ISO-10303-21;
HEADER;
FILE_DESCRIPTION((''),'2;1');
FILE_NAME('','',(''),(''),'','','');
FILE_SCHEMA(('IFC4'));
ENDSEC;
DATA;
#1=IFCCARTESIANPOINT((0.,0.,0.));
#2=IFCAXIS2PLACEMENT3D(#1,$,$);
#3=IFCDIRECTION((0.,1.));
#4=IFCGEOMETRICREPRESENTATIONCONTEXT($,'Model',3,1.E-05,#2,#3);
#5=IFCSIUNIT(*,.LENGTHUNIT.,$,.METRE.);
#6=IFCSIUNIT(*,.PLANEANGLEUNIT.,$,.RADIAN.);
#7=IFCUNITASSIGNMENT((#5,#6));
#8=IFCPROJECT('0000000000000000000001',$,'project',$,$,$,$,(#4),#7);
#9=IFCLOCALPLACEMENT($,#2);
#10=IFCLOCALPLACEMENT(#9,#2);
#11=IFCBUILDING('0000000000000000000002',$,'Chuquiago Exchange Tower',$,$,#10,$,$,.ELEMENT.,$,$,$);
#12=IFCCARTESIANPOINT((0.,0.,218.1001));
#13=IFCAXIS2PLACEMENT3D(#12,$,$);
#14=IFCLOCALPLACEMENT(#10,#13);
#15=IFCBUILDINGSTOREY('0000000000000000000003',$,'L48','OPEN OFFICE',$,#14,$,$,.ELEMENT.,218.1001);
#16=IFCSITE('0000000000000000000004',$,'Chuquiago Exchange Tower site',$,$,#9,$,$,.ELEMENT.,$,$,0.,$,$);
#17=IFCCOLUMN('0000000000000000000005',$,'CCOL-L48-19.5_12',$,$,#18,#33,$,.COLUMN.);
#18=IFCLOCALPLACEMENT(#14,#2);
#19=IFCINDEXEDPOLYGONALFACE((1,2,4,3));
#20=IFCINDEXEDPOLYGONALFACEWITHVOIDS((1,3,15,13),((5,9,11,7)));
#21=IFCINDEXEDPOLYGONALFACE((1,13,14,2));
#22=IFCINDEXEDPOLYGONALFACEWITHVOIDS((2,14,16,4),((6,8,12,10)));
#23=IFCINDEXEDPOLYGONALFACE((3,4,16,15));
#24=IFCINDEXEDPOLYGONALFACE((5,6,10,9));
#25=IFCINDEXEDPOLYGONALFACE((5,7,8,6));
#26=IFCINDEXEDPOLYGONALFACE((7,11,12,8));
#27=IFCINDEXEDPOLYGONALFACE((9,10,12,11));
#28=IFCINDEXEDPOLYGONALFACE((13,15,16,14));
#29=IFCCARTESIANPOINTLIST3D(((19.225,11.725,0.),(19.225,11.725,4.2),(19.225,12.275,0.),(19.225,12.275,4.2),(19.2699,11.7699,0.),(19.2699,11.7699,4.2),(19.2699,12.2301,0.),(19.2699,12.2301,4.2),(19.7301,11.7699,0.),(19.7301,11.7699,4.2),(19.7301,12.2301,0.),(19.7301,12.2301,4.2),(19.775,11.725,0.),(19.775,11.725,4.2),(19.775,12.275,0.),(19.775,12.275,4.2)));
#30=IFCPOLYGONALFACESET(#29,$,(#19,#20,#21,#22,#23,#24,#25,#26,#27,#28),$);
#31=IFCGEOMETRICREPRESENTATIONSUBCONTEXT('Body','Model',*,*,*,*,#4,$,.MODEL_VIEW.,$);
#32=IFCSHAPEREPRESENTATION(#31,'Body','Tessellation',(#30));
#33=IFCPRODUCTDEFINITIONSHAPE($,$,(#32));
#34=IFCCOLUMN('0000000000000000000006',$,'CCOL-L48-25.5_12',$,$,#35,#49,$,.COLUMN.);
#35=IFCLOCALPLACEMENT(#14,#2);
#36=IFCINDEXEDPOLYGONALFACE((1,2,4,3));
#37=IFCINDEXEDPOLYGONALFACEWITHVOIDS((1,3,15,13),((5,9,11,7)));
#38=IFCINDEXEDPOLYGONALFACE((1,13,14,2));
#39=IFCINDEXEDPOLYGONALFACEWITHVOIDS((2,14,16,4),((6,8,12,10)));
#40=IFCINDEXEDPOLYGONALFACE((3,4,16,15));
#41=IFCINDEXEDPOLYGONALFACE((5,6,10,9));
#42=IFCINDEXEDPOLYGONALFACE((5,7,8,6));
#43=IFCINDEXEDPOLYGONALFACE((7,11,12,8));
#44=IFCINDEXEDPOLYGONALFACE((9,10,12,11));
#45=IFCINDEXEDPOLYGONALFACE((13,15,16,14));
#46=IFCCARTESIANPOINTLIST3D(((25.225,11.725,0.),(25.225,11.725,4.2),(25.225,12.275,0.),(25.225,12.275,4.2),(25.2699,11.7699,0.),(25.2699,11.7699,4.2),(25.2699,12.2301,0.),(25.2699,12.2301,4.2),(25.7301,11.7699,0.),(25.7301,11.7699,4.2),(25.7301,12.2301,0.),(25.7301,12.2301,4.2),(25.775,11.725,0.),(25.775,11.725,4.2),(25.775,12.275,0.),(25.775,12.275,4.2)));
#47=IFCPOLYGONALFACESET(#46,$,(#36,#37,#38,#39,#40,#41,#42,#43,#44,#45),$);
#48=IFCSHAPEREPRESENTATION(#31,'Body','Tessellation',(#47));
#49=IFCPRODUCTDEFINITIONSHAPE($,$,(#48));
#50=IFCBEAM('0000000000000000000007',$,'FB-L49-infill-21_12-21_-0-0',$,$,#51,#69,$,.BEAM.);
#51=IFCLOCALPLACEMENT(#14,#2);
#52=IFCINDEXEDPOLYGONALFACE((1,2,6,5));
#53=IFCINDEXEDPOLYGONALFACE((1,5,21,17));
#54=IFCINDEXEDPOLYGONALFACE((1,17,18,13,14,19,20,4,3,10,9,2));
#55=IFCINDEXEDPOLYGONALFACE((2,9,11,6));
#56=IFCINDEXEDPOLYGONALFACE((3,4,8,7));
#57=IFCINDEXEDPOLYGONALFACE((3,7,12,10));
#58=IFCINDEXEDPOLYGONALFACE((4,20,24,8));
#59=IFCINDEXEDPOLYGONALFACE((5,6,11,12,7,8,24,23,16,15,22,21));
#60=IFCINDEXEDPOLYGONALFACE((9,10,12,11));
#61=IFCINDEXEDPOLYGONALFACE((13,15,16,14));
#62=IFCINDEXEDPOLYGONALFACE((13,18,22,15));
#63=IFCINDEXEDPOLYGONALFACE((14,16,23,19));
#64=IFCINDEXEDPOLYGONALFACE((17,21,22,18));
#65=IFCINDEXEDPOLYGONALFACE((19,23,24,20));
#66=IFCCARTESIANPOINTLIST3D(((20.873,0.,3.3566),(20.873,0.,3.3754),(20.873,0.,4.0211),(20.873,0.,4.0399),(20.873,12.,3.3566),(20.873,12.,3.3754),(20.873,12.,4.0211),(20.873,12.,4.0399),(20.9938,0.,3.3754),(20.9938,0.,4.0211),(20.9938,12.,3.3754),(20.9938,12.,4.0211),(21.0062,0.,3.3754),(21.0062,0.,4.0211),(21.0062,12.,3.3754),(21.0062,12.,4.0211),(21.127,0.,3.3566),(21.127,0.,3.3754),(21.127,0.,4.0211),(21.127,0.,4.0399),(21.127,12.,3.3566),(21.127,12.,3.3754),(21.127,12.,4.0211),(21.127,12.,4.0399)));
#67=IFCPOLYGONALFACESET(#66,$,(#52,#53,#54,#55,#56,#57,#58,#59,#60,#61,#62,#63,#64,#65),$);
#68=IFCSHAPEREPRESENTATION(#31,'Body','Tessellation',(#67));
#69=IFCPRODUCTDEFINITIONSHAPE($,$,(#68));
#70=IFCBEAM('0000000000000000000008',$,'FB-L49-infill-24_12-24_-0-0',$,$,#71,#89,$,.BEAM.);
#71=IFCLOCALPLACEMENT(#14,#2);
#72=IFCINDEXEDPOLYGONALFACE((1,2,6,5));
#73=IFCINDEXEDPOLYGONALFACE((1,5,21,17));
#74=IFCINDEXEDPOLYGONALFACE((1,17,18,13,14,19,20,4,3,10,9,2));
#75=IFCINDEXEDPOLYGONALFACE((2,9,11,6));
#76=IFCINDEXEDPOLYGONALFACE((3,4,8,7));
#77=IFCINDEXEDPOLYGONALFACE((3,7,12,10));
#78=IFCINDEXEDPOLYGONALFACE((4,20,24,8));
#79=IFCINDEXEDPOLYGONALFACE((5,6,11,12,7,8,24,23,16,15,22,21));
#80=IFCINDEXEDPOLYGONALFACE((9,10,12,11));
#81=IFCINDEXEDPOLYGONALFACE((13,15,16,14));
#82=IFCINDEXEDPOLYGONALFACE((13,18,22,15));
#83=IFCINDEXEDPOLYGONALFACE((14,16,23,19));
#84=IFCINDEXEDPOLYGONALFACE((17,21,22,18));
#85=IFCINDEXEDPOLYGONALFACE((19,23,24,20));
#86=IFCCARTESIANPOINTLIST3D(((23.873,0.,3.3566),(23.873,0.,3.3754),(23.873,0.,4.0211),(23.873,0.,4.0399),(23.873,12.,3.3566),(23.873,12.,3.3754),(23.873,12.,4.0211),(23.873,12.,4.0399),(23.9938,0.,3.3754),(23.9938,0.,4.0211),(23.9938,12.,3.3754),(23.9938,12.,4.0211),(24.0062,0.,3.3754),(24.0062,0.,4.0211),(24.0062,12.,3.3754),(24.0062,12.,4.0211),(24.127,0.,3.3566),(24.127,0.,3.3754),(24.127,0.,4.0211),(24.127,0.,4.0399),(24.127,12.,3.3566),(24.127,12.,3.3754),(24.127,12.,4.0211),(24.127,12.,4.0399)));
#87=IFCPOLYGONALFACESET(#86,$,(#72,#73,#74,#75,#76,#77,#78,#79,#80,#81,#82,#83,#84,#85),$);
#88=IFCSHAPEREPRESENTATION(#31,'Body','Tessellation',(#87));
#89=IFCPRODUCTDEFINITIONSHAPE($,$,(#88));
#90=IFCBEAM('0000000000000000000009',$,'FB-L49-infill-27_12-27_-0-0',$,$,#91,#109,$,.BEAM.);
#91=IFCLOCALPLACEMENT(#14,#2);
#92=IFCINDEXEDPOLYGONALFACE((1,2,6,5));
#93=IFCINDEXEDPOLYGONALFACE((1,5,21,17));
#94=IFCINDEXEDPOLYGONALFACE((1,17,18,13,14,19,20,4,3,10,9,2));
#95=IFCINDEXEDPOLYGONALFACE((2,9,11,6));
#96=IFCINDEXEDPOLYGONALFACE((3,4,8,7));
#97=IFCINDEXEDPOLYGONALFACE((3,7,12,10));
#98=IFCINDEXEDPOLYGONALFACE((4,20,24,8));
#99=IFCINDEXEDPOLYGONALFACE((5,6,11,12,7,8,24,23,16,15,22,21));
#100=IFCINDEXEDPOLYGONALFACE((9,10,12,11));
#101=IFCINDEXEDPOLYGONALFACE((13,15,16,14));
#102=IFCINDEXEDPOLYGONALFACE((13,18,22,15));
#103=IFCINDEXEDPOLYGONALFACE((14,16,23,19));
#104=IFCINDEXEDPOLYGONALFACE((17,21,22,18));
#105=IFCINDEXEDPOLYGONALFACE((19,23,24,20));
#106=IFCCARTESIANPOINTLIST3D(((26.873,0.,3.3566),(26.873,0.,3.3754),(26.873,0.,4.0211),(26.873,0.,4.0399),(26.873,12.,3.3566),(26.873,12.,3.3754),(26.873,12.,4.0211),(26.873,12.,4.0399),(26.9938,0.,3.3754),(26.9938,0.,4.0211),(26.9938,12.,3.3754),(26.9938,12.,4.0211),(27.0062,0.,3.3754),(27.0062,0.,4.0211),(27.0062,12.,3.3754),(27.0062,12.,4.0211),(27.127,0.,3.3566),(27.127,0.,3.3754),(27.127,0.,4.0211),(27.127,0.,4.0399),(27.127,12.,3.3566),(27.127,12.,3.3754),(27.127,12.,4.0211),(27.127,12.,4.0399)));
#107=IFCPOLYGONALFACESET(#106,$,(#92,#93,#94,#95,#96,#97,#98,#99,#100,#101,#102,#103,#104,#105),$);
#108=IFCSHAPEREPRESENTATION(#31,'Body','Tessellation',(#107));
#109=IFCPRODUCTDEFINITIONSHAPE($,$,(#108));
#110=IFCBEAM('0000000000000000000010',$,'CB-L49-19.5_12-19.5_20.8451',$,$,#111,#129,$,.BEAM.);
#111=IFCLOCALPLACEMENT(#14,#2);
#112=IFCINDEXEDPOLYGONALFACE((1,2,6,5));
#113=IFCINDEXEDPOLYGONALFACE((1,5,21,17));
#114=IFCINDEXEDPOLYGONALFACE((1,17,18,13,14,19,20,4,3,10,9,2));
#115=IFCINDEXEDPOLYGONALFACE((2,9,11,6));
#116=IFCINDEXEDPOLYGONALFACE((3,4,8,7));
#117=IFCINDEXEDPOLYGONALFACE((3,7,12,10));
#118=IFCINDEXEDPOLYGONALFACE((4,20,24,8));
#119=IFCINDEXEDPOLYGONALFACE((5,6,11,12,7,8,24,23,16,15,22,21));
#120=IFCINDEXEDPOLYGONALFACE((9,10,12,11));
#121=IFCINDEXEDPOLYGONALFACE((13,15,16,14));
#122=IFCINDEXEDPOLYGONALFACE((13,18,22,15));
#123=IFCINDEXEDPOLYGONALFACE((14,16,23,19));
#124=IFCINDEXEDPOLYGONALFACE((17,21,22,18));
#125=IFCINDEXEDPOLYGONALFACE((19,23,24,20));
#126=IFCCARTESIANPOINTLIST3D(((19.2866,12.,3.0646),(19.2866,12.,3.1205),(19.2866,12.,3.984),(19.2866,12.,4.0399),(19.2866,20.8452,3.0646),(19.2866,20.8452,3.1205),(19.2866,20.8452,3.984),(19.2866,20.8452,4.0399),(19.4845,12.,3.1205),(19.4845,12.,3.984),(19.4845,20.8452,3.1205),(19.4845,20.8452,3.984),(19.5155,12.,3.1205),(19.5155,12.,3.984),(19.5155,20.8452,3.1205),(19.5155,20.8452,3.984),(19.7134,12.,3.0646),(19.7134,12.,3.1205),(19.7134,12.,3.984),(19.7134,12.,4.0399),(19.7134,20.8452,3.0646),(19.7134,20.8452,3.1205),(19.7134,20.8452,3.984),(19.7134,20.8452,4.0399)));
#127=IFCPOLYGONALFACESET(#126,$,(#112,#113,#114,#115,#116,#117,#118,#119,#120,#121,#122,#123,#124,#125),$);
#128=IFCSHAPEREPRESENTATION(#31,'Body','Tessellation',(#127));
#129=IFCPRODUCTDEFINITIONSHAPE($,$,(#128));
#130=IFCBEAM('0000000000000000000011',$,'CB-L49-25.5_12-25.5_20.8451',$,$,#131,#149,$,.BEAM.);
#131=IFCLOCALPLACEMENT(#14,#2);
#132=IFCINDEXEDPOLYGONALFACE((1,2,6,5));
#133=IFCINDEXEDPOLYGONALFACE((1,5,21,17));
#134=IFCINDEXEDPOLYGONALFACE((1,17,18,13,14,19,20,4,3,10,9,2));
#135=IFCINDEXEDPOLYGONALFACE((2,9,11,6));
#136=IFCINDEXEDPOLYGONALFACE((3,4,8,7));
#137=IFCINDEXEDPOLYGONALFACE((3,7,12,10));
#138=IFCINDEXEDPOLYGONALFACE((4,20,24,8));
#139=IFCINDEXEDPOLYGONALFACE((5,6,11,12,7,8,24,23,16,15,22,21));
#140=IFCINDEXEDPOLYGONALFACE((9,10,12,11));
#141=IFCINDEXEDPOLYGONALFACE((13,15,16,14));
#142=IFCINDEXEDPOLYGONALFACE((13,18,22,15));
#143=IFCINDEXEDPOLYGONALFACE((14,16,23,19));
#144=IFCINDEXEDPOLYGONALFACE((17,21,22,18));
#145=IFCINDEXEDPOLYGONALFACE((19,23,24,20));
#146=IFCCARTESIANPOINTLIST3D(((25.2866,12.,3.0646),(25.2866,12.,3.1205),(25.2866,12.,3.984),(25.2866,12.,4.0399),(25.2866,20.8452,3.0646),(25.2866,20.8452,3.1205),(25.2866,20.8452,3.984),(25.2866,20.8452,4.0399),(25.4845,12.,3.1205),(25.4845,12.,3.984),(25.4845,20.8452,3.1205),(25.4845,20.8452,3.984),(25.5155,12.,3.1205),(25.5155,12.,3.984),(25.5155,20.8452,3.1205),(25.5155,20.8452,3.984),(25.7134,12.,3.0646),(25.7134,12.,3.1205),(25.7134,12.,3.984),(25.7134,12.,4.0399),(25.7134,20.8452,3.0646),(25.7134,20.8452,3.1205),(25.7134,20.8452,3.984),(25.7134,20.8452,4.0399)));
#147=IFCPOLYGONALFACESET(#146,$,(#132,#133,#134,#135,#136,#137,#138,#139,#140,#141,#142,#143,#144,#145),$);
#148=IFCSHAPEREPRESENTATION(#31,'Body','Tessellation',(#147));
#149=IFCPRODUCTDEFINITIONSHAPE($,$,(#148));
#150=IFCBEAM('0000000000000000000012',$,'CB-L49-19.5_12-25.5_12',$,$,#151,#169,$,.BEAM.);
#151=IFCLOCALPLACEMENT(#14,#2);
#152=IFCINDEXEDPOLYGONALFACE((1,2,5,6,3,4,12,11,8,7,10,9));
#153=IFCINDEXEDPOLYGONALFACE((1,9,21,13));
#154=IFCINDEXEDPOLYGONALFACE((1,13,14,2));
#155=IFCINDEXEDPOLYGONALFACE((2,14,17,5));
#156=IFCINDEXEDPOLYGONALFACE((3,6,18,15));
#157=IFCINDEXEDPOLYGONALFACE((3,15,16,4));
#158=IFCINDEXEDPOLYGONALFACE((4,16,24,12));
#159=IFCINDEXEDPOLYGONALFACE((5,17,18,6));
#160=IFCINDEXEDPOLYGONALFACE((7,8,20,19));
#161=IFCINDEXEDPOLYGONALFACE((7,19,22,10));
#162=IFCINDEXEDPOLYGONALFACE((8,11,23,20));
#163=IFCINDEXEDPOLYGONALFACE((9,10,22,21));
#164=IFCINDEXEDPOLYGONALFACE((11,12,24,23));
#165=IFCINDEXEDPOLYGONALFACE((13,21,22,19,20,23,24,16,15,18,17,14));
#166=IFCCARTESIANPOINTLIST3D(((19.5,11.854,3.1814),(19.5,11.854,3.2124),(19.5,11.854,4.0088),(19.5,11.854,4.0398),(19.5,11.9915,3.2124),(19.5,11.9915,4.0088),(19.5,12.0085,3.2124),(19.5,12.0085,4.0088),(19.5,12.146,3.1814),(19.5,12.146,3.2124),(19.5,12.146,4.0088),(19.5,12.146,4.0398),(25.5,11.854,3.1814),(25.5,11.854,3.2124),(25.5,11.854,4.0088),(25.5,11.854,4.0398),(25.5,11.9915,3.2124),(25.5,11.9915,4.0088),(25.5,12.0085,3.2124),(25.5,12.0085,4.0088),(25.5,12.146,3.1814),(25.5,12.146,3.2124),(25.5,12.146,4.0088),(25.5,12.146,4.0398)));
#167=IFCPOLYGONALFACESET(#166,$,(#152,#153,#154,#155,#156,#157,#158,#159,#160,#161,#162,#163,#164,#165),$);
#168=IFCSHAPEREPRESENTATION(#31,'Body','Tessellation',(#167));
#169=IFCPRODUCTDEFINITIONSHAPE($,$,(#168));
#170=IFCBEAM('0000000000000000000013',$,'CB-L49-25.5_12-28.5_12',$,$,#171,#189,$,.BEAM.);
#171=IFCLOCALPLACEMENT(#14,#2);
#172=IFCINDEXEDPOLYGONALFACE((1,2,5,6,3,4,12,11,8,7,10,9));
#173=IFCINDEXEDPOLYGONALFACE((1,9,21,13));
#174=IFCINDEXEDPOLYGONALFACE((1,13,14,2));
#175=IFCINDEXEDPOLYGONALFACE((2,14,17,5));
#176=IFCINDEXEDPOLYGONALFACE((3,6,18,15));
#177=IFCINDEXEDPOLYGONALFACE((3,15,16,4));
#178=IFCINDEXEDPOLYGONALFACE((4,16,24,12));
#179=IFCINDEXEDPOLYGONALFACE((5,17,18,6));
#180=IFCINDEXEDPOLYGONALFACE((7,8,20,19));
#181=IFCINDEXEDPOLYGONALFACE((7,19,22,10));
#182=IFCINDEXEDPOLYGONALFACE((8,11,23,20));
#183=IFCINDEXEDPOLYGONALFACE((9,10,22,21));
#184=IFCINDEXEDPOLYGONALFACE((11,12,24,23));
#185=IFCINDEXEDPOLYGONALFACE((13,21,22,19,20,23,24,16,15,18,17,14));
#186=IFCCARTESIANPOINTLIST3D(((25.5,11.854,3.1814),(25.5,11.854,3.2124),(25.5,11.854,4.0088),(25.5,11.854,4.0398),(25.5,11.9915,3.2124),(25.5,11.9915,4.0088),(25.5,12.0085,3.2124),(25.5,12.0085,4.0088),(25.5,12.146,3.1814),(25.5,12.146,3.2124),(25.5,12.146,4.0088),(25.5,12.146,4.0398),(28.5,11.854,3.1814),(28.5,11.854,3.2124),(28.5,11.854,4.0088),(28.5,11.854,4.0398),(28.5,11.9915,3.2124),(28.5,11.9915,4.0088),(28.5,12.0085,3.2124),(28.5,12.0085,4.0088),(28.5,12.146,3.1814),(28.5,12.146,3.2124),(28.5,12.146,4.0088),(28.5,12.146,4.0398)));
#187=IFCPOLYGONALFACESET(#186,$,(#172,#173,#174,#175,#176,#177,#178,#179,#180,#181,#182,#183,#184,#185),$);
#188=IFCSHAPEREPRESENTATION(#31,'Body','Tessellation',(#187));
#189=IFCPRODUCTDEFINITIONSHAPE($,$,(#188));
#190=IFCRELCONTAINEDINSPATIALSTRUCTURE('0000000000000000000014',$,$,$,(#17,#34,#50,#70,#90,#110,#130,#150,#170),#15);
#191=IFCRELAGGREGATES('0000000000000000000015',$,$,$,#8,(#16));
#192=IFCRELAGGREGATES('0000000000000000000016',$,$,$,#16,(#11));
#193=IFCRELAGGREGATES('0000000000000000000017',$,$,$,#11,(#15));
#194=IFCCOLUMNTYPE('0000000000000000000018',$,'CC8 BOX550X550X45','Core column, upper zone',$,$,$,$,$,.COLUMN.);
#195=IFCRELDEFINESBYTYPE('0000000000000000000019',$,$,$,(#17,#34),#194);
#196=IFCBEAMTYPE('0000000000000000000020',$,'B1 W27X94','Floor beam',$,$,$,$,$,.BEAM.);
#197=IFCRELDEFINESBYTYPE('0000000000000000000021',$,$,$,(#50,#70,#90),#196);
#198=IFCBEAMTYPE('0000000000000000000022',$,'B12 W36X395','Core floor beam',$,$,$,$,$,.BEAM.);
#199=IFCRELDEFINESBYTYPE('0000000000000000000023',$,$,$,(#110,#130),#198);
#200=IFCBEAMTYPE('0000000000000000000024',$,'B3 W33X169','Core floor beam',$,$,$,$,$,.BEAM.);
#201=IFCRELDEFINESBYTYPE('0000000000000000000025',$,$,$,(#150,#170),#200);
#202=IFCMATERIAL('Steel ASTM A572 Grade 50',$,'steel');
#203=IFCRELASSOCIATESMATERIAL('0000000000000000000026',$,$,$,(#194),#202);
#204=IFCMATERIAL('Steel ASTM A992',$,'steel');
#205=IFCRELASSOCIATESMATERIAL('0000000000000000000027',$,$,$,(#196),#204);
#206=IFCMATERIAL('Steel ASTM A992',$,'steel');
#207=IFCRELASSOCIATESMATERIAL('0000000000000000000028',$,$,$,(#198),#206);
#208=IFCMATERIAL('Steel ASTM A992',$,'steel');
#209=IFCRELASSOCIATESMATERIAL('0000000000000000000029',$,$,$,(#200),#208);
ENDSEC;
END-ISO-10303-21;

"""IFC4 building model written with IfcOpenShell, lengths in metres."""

from ifc_helpers import new_model, si_unit, direction, frame, origin, origin_2d, place, context, subcontext, project, spatial, hollow_rectangle, i_section, extrude, material, material_profile, profile_set, type_object, element, save


model = new_model("IFC4")

# Units and contexts
model_context = context("Model", 3, precision=1e-05, world=origin(), true_north=direction((0.0, 1.0)))
body_context = subcontext(model_context, "Body", "Model", "MODEL_VIEW")
ifc_project = project(units=[si_unit("LENGTHUNIT", "METRE"), si_unit("PLANEANGLEUNIT", "RADIAN")], contexts=[model_context])

# Site, building, storey
site_placement = place(None, origin())
site = spatial("IfcSite", under=ifc_project, at=site_placement, Name="Chuquiago Exchange Tower site", CompositionType="ELEMENT", RefElevation=0.0)
building_placement = place(site_placement, origin())
building = spatial("IfcBuilding", under=site, at=building_placement, Name="Chuquiago Exchange Tower", CompositionType="ELEMENT")
storey_placement = place(building_placement, frame((0.0, 0.0, 218.1001)))
storey = spatial("IfcBuildingStorey", under=building, at=storey_placement, Name="L48", Description="OPEN OFFICE", CompositionType="ELEMENT", Elevation=218.1001)

# Columns
ifc_material_1 = material(Name="Steel ASTM A572 Grade 50", Category="steel")
ifc_material_profile_1 = material_profile(ifc_material_1, hollow_rectangle(XDim=0.55, YDim=0.55, WallThickness=0.0449, at=origin_2d()), Name="BOX550X550X45")
ifc_profile_set_1 = profile_set([ifc_material_profile_1], Name="Steel ASTM A572 Grade 50")
column_type = type_object("IfcColumnType", Name="CC8 BOX550X550X45", Description="Core column, upper zone", PredefinedType="COLUMN", material=ifc_profile_set_1)
for number, where, z_axis, x_axis, name in (
    (1, (19.5, 12.0, 0.0), (0.0, 0.0, 1.0), (1.0, 0.0, 0.0), "CCOL-L48-19.5_12"),
    (2, (25.5, 12.0, 0.0), (0.0, 0.0, 1.0), (1.0, 0.0, 0.0), "CCOL-L48-25.5_12"),
):
    element("IfcColumn", number, at=place(storey_placement, frame(where, z_axis=z_axis, x_axis=x_axis)), inside=storey, type_object=column_type, Name=name, PredefinedType="COLUMN", context=body_context, shape_type="SweptSolid", body=[
        extrude(hollow_rectangle(XDim=0.55, YDim=0.55, WallThickness=0.0449, at=origin_2d()), origin(), (0.0, 0.0, 1.0), 4.2),
    ])

# Beams
ifc_material_2 = material(Name="Steel ASTM A992", Category="steel")
ifc_material_profile_2 = material_profile(ifc_material_2, i_section(OverallWidth=0.2539, OverallDepth=0.6833, WebThickness=0.0125, FlangeThickness=0.0188, at=origin_2d()), Name="W27X94")
ifc_profile_set_2 = profile_set([ifc_material_profile_2], Name="Steel ASTM A992")
beam_type_1 = type_object("IfcBeamType", Name="B1 W27X94", Description="Floor beam", PredefinedType="BEAM", material=ifc_profile_set_2)
for number, where, z_axis, x_axis, name in (
    (3, (21.0, 12.0, 3.6982), (0.0, -1.0, 0.0), (1.0, 0.0, 0.0), "FB-L49-infill-21_12-21_-0-0"),
    (4, (24.0, 12.0, 3.6982), (0.0, -1.0, 0.0), (1.0, 0.0, 0.0), "FB-L49-infill-24_12-24_-0-0"),
    (5, (27.0, 12.0, 3.6982), (0.0, -1.0, 0.0), (1.0, 0.0, 0.0), "FB-L49-infill-27_12-27_-0-0"),
):
    element("IfcBeam", number, at=place(storey_placement, frame(where, z_axis=z_axis, x_axis=x_axis)), inside=storey, type_object=beam_type_1, Name=name, PredefinedType="BEAM", context=body_context, shape_type="SweptSolid", body=[
        extrude(i_section(OverallWidth=0.2539, OverallDepth=0.6833, WebThickness=0.0125, FlangeThickness=0.0188, at=origin_2d()), origin(), (0.0, 0.0, 1.0), 12.0),
    ])
ifc_material_3 = material(Name="Steel ASTM A992", Category="steel")
ifc_material_profile_3 = material_profile(ifc_material_3, i_section(OverallWidth=0.4268, OverallDepth=0.9753, WebThickness=0.031, FlangeThickness=0.0559, at=origin_2d()), Name="W36X395")
ifc_profile_set_3 = profile_set([ifc_material_profile_3], Name="Steel ASTM A992")
beam_type_2 = type_object("IfcBeamType", Name="B12 W36X395", Description="Core floor beam", PredefinedType="BEAM", material=ifc_profile_set_3)
for number, where, z_axis, x_axis, name in (
    (6, (19.5, 12.0, 3.5522), (0.0, 1.0, 0.0), (-1.0, 0.0, 0.0), "CB-L49-19.5_12-19.5_20.8451"),
    (7, (25.5, 12.0, 3.5522), (0.0, 1.0, 0.0), (-1.0, 0.0, 0.0), "CB-L49-25.5_12-25.5_20.8451"),
):
    element("IfcBeam", number, at=place(storey_placement, frame(where, z_axis=z_axis, x_axis=x_axis)), inside=storey, type_object=beam_type_2, Name=name, PredefinedType="BEAM", context=body_context, shape_type="SweptSolid", body=[
        extrude(i_section(OverallWidth=0.4268, OverallDepth=0.9753, WebThickness=0.031, FlangeThickness=0.0559, at=origin_2d()), origin(), (0.0, 0.0, 1.0), 8.8452),
    ])
ifc_material_4 = material(Name="Steel ASTM A992", Category="steel")
ifc_material_profile_4 = material_profile(ifc_material_4, i_section(OverallWidth=0.292, OverallDepth=0.8584, WebThickness=0.0171, FlangeThickness=0.031, at=origin_2d()), Name="W33X169")
ifc_profile_set_4 = profile_set([ifc_material_profile_4], Name="Steel ASTM A992")
beam_type_3 = type_object("IfcBeamType", Name="B3 W33X169", Description="Core floor beam", PredefinedType="BEAM", material=ifc_profile_set_4)
beam_1_placement = place(storey_placement, frame((19.5, 12.0, 3.6106), z_axis=(1.0, 0.0, 0.0), x_axis=(0.0, 1.0, 0.0)))
element("IfcBeam", 8, at=beam_1_placement, inside=storey, type_object=beam_type_3, Name="CB-L49-19.5_12-25.5_12", PredefinedType="BEAM", context=body_context, shape_type="SweptSolid", body=[
    extrude(i_section(OverallWidth=0.292, OverallDepth=0.8584, WebThickness=0.0171, FlangeThickness=0.031, at=origin_2d()), origin(), (0.0, 0.0, 1.0), 6.0),
])
beam_2_placement = place(storey_placement, frame((25.5, 12.0, 3.6106), z_axis=(1.0, 0.0, 0.0), x_axis=(0.0, 1.0, 0.0)))
element("IfcBeam", 9, at=beam_2_placement, inside=storey, type_object=beam_type_3, Name="CB-L49-25.5_12-28.5_12", PredefinedType="BEAM", context=body_context, shape_type="SweptSolid", body=[
    extrude(i_section(OverallWidth=0.292, OverallDepth=0.8584, WebThickness=0.0171, FlangeThickness=0.031, at=origin_2d()), origin(), (0.0, 0.0, 1.0), 3.0),
])

save(model, "model.ifc")
